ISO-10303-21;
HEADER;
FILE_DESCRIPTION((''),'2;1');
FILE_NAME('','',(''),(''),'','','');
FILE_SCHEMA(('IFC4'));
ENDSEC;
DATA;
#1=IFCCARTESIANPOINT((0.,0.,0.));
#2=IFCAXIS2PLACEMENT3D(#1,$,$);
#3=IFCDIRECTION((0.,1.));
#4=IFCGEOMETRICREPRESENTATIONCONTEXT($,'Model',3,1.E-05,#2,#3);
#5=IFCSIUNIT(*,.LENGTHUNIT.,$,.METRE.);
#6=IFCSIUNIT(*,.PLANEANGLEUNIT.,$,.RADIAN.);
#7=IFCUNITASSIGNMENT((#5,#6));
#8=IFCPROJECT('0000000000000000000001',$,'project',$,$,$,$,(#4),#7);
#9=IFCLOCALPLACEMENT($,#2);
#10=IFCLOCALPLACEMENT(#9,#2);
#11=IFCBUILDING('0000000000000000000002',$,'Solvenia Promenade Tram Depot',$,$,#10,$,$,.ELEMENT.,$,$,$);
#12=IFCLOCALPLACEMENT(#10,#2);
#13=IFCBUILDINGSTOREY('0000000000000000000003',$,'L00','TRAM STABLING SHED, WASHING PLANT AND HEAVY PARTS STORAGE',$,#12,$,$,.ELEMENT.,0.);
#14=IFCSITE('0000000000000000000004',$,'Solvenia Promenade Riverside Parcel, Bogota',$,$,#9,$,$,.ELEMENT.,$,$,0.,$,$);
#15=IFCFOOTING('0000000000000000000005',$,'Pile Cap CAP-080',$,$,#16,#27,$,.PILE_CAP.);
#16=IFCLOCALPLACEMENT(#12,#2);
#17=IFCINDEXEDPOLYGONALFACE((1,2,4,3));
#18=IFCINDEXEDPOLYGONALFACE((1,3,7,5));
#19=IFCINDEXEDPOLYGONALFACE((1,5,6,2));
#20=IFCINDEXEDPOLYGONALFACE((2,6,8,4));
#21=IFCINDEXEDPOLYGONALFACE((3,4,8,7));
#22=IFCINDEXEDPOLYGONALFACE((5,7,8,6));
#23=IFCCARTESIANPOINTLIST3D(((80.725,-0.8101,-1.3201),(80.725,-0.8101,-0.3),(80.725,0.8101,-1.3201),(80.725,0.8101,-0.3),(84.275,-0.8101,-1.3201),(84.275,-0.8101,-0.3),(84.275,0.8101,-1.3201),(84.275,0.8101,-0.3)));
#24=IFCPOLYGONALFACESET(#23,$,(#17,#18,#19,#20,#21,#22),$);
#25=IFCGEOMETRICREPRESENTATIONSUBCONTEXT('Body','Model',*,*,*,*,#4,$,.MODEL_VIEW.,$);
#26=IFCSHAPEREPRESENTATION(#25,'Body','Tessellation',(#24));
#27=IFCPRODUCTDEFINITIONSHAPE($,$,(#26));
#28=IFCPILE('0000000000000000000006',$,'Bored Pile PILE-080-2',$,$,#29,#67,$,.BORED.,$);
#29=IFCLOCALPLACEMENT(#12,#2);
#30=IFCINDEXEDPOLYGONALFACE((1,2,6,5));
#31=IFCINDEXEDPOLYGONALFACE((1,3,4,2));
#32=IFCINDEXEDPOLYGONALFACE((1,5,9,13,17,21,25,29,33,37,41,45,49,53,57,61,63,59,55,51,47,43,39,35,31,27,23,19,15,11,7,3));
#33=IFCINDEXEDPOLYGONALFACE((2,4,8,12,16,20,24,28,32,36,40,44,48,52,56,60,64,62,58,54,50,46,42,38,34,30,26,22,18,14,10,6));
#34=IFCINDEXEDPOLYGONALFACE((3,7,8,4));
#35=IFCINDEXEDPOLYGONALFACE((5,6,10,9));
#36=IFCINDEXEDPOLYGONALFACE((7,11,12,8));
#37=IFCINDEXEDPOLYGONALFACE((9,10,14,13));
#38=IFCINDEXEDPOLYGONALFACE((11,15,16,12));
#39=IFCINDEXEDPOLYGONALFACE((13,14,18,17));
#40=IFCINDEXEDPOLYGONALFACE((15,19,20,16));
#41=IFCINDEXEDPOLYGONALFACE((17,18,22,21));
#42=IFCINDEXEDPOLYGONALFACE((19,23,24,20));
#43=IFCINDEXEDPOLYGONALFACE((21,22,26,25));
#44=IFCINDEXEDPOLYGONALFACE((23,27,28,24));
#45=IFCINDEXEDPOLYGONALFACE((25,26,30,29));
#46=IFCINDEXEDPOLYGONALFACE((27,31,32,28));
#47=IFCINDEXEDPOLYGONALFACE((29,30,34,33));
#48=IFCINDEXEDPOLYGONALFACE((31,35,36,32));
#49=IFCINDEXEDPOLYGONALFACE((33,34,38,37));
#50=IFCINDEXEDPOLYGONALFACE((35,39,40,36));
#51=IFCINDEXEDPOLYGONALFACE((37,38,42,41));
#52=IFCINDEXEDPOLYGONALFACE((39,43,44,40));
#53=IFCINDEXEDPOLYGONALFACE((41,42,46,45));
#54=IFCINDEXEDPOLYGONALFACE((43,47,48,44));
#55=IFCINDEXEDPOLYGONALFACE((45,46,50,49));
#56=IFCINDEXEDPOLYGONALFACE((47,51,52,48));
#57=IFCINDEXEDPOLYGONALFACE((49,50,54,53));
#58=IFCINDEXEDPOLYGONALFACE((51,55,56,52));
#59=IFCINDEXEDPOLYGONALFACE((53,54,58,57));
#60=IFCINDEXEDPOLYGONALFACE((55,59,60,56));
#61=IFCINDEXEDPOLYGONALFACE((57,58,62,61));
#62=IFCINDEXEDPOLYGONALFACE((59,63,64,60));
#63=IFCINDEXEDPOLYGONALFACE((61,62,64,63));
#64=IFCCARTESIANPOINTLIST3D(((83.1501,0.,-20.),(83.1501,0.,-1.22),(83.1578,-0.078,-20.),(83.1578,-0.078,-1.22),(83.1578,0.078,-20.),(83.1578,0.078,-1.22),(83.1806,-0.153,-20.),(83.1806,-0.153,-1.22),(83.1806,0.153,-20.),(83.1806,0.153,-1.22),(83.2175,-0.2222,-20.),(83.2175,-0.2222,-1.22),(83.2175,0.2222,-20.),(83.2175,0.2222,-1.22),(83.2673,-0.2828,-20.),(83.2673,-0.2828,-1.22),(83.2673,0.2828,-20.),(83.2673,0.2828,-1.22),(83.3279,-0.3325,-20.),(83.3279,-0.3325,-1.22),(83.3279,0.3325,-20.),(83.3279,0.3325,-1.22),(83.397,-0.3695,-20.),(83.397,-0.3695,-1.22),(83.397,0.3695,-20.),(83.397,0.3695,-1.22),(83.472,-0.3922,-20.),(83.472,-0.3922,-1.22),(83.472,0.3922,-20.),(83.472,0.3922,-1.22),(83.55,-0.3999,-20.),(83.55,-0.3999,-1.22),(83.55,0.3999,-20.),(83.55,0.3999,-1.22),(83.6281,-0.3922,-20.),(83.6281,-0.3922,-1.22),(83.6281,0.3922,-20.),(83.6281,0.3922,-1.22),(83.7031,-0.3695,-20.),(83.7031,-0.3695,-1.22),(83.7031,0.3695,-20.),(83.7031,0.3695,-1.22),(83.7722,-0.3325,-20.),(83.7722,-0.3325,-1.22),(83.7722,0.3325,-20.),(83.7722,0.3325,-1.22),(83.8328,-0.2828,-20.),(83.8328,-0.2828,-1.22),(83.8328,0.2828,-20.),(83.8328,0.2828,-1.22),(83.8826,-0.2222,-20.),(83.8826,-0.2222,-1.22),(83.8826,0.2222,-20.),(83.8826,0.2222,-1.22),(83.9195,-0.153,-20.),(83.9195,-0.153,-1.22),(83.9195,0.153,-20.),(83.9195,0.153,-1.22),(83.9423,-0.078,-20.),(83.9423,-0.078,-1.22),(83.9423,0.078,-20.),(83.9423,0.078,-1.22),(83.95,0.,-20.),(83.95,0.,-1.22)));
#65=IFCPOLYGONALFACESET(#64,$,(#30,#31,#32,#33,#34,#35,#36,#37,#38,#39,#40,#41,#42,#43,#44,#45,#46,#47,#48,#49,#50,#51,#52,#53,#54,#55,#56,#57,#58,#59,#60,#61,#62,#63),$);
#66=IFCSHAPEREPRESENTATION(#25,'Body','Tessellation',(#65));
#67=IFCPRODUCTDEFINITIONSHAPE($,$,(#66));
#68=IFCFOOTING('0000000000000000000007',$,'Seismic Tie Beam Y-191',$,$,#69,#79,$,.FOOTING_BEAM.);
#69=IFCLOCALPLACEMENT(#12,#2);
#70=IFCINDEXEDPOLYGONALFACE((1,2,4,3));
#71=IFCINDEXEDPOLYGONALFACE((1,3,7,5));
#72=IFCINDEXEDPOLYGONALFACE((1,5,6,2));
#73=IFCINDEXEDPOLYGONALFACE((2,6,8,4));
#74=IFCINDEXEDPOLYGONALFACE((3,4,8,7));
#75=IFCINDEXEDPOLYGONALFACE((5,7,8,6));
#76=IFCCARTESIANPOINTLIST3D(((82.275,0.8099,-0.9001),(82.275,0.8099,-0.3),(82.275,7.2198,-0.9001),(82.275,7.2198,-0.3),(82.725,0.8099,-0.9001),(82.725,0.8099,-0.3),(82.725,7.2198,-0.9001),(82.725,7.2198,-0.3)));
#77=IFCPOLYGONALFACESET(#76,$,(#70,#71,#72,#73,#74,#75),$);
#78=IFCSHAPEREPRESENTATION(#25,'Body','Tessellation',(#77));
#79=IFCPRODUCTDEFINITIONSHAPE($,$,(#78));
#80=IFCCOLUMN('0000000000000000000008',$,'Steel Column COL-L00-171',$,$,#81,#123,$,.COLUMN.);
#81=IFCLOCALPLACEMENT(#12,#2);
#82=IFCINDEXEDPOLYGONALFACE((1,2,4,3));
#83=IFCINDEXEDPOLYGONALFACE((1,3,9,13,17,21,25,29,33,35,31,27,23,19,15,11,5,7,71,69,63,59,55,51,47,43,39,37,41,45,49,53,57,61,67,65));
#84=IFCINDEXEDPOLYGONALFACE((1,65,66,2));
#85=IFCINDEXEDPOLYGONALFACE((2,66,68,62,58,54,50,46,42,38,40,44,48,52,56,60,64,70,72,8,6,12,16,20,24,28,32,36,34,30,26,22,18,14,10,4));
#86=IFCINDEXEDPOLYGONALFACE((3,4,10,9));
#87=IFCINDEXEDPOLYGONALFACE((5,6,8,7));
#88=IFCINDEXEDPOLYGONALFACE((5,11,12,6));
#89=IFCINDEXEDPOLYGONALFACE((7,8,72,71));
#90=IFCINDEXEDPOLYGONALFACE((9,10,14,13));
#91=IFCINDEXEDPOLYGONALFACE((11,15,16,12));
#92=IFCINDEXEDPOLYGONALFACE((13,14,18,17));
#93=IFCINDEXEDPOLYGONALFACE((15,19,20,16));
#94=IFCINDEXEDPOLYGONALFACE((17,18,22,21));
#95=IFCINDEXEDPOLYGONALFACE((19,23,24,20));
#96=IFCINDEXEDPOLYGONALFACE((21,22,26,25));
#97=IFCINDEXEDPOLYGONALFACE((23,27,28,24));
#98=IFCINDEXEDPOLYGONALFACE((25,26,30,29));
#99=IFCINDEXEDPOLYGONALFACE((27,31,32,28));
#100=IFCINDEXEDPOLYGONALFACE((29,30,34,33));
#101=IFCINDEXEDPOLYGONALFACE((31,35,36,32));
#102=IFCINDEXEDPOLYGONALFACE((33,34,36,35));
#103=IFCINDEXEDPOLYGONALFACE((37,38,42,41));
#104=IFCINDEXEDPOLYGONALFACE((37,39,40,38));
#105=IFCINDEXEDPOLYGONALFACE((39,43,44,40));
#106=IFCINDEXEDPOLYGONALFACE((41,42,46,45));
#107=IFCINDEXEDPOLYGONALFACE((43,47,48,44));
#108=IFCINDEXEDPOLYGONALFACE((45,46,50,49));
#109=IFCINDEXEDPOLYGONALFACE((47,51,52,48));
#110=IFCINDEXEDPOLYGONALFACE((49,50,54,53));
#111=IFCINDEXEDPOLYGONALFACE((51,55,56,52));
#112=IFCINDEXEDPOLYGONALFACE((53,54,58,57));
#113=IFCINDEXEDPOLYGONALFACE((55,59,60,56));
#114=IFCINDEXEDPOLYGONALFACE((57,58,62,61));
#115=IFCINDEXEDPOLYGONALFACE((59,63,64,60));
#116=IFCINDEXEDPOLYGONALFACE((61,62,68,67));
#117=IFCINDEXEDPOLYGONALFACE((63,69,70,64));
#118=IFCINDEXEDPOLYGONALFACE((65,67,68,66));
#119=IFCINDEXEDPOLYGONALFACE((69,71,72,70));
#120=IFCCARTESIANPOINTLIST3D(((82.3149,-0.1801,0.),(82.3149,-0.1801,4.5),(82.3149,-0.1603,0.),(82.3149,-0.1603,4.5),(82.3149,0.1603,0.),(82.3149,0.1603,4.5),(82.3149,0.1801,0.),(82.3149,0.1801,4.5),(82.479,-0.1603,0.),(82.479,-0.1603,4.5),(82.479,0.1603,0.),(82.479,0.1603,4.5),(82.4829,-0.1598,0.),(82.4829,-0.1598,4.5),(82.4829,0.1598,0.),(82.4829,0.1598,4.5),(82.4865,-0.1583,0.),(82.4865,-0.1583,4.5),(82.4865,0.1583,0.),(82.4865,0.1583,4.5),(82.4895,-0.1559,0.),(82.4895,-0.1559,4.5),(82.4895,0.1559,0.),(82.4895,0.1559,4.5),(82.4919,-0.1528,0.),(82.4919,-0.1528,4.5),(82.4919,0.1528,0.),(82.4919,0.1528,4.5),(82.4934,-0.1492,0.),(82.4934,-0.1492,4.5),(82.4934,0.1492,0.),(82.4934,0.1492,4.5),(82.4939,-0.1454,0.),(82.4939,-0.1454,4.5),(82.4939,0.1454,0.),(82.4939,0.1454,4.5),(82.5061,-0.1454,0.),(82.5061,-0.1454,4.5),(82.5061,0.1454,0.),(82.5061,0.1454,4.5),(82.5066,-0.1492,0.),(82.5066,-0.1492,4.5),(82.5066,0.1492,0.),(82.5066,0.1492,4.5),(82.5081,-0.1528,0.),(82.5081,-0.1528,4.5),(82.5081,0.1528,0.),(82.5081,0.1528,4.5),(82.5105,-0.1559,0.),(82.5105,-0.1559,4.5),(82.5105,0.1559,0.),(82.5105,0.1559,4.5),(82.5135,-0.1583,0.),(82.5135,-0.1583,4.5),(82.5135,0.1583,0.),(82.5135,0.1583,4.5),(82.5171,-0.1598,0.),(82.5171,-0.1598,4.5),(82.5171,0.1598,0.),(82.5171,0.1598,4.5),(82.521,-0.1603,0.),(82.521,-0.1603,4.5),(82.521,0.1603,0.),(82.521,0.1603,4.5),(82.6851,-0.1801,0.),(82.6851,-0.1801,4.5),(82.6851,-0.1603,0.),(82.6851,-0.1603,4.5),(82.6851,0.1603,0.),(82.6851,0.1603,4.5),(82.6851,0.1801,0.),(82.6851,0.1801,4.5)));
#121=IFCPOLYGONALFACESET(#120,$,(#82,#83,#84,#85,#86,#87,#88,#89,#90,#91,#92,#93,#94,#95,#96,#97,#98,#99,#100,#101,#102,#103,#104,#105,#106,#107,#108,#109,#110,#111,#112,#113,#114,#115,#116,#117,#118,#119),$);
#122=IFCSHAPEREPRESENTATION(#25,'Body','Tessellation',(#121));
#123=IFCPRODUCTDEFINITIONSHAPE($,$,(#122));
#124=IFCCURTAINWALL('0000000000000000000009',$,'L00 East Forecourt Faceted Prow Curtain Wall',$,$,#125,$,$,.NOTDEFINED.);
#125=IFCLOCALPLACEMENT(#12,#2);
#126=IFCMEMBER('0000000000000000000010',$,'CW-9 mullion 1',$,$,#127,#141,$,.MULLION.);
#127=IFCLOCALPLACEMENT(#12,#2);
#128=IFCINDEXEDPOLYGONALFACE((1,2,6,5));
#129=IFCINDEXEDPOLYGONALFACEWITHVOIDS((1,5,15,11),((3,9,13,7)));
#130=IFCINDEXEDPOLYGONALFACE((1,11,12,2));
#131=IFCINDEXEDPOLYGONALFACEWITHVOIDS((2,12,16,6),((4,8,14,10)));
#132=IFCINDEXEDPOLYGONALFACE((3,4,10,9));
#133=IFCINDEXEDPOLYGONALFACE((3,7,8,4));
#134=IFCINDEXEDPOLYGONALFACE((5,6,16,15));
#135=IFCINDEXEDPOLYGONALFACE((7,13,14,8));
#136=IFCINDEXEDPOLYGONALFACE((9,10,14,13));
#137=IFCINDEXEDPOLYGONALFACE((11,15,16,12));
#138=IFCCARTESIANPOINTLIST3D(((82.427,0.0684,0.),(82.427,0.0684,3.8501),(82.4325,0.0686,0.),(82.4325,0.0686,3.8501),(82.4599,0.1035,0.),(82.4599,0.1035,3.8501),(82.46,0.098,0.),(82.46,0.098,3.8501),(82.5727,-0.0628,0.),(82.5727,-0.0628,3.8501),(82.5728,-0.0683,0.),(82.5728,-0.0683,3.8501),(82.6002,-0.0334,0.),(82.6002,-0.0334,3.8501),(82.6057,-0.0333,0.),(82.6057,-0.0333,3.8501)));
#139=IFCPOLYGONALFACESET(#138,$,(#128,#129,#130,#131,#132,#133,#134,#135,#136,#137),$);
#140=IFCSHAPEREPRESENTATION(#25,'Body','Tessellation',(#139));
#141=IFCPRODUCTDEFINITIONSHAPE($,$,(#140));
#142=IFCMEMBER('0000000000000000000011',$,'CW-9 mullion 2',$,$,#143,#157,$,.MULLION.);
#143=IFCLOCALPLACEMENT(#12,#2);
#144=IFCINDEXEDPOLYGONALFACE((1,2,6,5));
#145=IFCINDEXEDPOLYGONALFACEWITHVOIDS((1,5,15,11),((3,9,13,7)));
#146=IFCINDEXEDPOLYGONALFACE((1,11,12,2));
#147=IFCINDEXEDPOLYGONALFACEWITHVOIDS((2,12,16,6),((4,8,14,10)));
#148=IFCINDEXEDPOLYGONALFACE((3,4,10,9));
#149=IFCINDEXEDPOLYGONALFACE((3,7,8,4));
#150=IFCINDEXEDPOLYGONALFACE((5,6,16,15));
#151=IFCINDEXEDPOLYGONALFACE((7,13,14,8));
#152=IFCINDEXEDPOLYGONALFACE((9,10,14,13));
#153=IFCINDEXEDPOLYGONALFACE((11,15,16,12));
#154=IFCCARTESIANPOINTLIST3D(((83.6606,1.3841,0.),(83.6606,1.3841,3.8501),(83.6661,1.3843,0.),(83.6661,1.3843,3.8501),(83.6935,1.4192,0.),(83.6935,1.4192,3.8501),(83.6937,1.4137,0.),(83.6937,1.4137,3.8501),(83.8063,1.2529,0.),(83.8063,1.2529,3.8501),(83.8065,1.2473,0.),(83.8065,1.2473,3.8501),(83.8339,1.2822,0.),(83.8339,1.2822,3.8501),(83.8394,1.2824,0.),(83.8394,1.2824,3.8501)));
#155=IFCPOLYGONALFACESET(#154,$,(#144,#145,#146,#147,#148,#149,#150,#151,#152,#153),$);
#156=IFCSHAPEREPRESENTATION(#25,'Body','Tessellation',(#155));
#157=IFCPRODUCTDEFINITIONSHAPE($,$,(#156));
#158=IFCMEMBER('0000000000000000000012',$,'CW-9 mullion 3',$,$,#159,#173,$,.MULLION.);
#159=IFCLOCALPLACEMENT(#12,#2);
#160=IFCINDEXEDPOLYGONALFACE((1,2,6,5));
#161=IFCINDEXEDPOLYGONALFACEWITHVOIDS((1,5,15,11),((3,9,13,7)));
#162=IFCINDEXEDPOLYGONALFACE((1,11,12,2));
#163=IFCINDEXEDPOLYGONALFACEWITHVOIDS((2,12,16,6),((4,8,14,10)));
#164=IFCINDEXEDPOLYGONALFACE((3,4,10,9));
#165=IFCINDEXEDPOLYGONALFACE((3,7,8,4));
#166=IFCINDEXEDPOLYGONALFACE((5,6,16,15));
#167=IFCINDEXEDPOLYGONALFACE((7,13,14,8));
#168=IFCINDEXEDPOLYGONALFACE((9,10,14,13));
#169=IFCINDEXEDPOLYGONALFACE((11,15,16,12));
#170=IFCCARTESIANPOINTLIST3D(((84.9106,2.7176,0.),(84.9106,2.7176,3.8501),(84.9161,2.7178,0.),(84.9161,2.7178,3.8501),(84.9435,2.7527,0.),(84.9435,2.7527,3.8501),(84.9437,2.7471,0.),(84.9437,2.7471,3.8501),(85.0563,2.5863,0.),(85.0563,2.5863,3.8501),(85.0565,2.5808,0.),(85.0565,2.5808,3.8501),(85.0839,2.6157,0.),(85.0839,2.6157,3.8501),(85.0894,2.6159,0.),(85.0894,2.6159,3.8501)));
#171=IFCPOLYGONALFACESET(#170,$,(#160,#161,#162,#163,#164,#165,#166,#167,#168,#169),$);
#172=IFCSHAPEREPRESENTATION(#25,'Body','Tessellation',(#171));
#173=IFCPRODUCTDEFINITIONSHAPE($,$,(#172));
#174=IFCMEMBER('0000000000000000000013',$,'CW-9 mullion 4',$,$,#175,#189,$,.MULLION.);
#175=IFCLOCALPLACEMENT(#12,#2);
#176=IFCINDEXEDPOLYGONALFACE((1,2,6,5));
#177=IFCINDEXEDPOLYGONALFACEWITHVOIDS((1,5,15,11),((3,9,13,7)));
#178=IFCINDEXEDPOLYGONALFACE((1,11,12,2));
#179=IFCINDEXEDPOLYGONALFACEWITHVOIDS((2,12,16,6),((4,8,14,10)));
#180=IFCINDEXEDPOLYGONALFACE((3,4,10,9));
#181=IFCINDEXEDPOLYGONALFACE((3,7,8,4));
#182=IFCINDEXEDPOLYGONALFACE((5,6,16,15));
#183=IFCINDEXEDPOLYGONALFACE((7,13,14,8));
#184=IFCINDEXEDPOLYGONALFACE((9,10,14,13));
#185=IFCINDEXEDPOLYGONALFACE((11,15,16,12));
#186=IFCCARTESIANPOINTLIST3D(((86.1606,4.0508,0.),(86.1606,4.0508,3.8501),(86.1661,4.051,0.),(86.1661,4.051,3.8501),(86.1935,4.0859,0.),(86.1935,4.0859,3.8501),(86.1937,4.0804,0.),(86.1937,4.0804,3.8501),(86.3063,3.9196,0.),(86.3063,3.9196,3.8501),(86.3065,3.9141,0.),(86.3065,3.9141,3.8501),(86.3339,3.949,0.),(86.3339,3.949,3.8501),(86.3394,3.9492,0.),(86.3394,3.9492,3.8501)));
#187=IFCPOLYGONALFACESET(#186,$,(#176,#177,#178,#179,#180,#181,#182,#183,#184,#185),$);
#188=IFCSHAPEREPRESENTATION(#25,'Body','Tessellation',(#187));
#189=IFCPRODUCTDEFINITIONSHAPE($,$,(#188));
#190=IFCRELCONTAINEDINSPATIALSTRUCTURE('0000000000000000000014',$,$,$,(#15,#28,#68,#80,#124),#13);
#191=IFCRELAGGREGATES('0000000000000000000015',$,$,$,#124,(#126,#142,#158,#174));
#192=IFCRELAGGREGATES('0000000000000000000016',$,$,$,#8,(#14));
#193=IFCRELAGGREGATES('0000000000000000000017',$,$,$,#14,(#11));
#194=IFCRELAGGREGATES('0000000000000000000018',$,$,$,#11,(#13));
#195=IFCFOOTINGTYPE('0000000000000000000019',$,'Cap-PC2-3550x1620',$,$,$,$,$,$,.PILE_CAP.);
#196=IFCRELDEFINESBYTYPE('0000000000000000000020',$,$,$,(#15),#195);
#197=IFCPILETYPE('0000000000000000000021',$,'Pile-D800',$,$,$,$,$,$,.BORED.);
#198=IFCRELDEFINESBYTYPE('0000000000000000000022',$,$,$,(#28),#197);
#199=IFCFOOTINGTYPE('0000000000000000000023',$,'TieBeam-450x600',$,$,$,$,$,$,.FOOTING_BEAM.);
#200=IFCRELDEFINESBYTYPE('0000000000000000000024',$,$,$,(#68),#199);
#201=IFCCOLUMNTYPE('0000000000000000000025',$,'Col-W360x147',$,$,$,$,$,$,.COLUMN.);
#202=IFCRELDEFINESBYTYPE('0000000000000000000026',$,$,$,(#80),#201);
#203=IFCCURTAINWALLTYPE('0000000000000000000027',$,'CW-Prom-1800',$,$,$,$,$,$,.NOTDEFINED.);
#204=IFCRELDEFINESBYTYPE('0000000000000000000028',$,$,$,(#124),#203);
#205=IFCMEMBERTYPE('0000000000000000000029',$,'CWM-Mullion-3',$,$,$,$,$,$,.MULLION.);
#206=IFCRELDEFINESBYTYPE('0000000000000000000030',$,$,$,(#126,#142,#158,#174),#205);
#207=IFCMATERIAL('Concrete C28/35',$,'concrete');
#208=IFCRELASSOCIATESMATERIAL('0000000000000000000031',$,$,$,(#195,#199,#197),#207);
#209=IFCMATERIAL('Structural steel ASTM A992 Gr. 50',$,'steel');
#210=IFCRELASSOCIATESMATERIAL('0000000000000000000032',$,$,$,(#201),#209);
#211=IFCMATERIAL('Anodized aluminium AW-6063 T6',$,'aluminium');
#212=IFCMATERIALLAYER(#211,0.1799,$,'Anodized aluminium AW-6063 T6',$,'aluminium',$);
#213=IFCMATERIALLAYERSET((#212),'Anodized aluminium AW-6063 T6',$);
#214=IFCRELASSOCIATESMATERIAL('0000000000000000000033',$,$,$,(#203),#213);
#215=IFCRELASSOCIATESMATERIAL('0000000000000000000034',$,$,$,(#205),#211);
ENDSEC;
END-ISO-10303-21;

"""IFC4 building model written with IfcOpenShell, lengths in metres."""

from ifc_helpers import new_model, si_unit, direction, frame, origin, origin_2d, place, context, subcontext, project, spatial, rectangle, hollow_rectangle, circle, i_section, extrude, material, layer, layer_set, material_profile, profile_set, type_object, element, aggregate, save


model = new_model("IFC4")

# Units and contexts
model_context = context("Model", 3, precision=1e-05, world=origin(), true_north=direction((0.0, 1.0)))
body_context = subcontext(model_context, "Body", "Model", "MODEL_VIEW")
ifc_project = project(units=[si_unit("LENGTHUNIT", "METRE"), si_unit("PLANEANGLEUNIT", "RADIAN")], contexts=[model_context])

# Site, building, storey
site_placement = place(None, origin())
site = spatial("IfcSite", under=ifc_project, at=site_placement, Name="Solvenia Promenade Riverside Parcel, Bogota", CompositionType="ELEMENT", RefElevation=0.0)
building_placement = place(site_placement, origin())
building = spatial("IfcBuilding", under=site, at=building_placement, Name="Solvenia Promenade Tram Depot", CompositionType="ELEMENT")
storey_placement = place(building_placement, origin())
storey = spatial("IfcBuildingStorey", under=building, at=storey_placement, Name="L00", Description="TRAM STABLING SHED, WASHING PLANT AND HEAVY PARTS STORAGE", CompositionType="ELEMENT", Elevation=0.0)

# Footing
ifc_material_1 = material(Name="Concrete C28/35", Category="concrete")
footing_type_1 = type_object("IfcFootingType", Name="Cap-PC2-3550x1620", PredefinedType="PILE_CAP", material=ifc_material_1)
footing_1_placement = place(storey_placement, frame((82.5, 0.0, -1.3201), z_axis=(0.0, 0.0, 1.0), x_axis=(1.0, 0.0, 0.0)))
element("IfcFooting", 1, at=footing_1_placement, inside=storey, type_object=footing_type_1, Name="Pile Cap CAP-080", PredefinedType="PILE_CAP", context=body_context, shape_type="SweptSolid", body=[
    extrude(rectangle(XDim=3.55, YDim=1.6201, at=origin_2d()), origin(), (0.0, 0.0, 1.0), 1.02),
])

# Pile
ifc_material_profile_1 = material_profile(ifc_material_1, circle(Radius=0.3999, at=origin_2d()), Name="D800", Category="concrete")
ifc_profile_set_1 = profile_set([ifc_material_profile_1], Name="Concrete C28/35")
pile_type = type_object("IfcPileType", Name="Pile-D800", PredefinedType="BORED", material=ifc_profile_set_1)
pile_placement = place(storey_placement, frame((83.55, 0.0, -1.22), z_axis=(0.0, 0.0, -1.0), x_axis=(1.0, 0.0, 0.0)))
element("IfcPile", 2, at=pile_placement, inside=storey, type_object=pile_type, Name="Bored Pile PILE-080-2", PredefinedType="BORED", context=body_context, shape_type="SweptSolid", body=[
    extrude(circle(Radius=0.3999, at=origin_2d()), origin(), (0.0, 0.0, 1.0), 18.78),
])

# Footing
footing_type_2 = type_object("IfcFootingType", Name="TieBeam-450x600", PredefinedType="FOOTING_BEAM", material=ifc_material_1)
footing_2_placement = place(storey_placement, frame((82.5, 4.0149, -0.9001), z_axis=(0.0, 0.0, 1.0), x_axis=(1.0, 0.0, 0.0)))
element("IfcFooting", 3, at=footing_2_placement, inside=storey, type_object=footing_type_2, Name="Seismic Tie Beam Y-191", PredefinedType="FOOTING_BEAM", context=body_context, shape_type="SweptSolid", body=[
    extrude(rectangle(XDim=0.45, YDim=6.4099, at=origin_2d()), origin(), (0.0, 0.0, 1.0), 0.6001),
])

# Column
ifc_material_2 = material(Name="Structural steel ASTM A992 Gr. 50", Category="steel")
ifc_material_profile_2 = material_profile(ifc_material_2, i_section(OverallWidth=0.3701, OverallDepth=0.3601, WebThickness=0.0122, FlangeThickness=0.0198, FilletRadius=0.0149, at=origin_2d()), Name="W360x147", Category="steel")
ifc_profile_set_2 = profile_set([ifc_material_profile_2], Name="Structural steel ASTM A992 Gr. 50")
column_type = type_object("IfcColumnType", Name="Col-W360x147", PredefinedType="COLUMN", material=ifc_profile_set_2)
column_placement = place(storey_placement, frame((82.5, 0.0, 0.0), z_axis=(0.0, 0.0, 1.0), x_axis=(1.0, 0.0, 0.0)))
element("IfcColumn", 4, at=column_placement, inside=storey, type_object=column_type, Name="Steel Column COL-L00-171", PredefinedType="COLUMN", context=body_context, shape_type="SweptSolid", body=[
    extrude(i_section(OverallWidth=0.3701, OverallDepth=0.3601, WebThickness=0.0122, FlangeThickness=0.0198, FilletRadius=0.0149, at=origin_2d()), origin(), (0.0, 0.0, 1.0), 4.5),
])

# Curtain wall, members
ifc_material_3 = material(Name="Anodized aluminium AW-6063 T6", Category="aluminium")
ifc_layer_1 = layer(ifc_material_3, 0.1799, Name="Anodized aluminium AW-6063 T6", Category="aluminium")
ifc_layer_set_1 = layer_set([ifc_layer_1], Name="Anodized aluminium AW-6063 T6")
curtain_wall_type_1 = type_object("IfcCurtainWallType", Name="CW-Prom-1800", PredefinedType="NOTDEFINED", material=ifc_layer_set_1)
curtain_wall_1_placement = place(storey_placement, origin())
curtain_wall_1 = element("IfcCurtainWall", 5, at=curtain_wall_1_placement, inside=storey, type_object=curtain_wall_type_1, Name="L00 East Forecourt Faceted Prow Curtain Wall", PredefinedType="NOTDEFINED")
ifc_material_profile_3 = material_profile(ifc_material_3, hollow_rectangle(XDim=0.2, YDim=0.0481, WallThickness=0.0039, at=origin_2d()), Name="ALU-M3", Category="aluminium")
ifc_profile_set_3 = profile_set([ifc_material_profile_3], Name="Anodized aluminium AW-6063 T6")
member_type_1 = type_object("IfcMemberType", Name="CWM-Mullion-3", PredefinedType="MULLION", material=ifc_profile_set_3)
member_1_placement = place(storey_placement, frame((82.5164, 0.0176, 0.0), z_axis=(0.0, 0.0, 1.0), x_axis=(-0.729537, 0.683941, 0.0)))
member_1 = element("IfcMember", 6, at=member_1_placement, type_object=member_type_1, Name="CW-9 mullion 1", PredefinedType="MULLION", context=body_context, shape_type="SweptSolid", body=[
    extrude(hollow_rectangle(XDim=0.2, YDim=0.0481, WallThickness=0.0039, at=origin_2d()), origin(), (0.0, 0.0, 1.0), 3.8501),
])
member_2_placement = place(storey_placement, frame((83.75, 1.3333, 0.0), z_axis=(0.0, 0.0, 1.0), x_axis=(-0.729537, 0.683941, 0.0)))
member_2 = element("IfcMember", 7, at=member_2_placement, type_object=member_type_1, Name="CW-9 mullion 2", PredefinedType="MULLION", context=body_context, shape_type="SweptSolid", body=[
    extrude(hollow_rectangle(XDim=0.2, YDim=0.0481, WallThickness=0.0039, at=origin_2d()), origin(), (0.0, 0.0, 1.0), 3.8501),
])
member_3_placement = place(storey_placement, frame((85.0, 2.6667, 0.0), z_axis=(0.0, 0.0, 1.0), x_axis=(-0.729537, 0.683941, 0.0)))
member_3 = element("IfcMember", 8, at=member_3_placement, type_object=member_type_1, Name="CW-9 mullion 3", PredefinedType="MULLION", context=body_context, shape_type="SweptSolid", body=[
    extrude(hollow_rectangle(XDim=0.2, YDim=0.0481, WallThickness=0.0039, at=origin_2d()), origin(), (0.0, 0.0, 1.0), 3.8501),
])
member_4_placement = place(storey_placement, frame((86.25, 4.0, 0.0), z_axis=(0.0, 0.0, 1.0), x_axis=(-0.729537, 0.683941, 0.0)))
member_4 = element("IfcMember", 9, at=member_4_placement, type_object=member_type_1, Name="CW-9 mullion 4", PredefinedType="MULLION", context=body_context, shape_type="SweptSolid", body=[
    extrude(hollow_rectangle(XDim=0.2, YDim=0.0481, WallThickness=0.0039, at=origin_2d()), origin(), (0.0, 0.0, 1.0), 3.8501),
])

aggregate(curtain_wall_1, [member_1, member_2, member_3, member_4])

save(model, "model.ifc")
